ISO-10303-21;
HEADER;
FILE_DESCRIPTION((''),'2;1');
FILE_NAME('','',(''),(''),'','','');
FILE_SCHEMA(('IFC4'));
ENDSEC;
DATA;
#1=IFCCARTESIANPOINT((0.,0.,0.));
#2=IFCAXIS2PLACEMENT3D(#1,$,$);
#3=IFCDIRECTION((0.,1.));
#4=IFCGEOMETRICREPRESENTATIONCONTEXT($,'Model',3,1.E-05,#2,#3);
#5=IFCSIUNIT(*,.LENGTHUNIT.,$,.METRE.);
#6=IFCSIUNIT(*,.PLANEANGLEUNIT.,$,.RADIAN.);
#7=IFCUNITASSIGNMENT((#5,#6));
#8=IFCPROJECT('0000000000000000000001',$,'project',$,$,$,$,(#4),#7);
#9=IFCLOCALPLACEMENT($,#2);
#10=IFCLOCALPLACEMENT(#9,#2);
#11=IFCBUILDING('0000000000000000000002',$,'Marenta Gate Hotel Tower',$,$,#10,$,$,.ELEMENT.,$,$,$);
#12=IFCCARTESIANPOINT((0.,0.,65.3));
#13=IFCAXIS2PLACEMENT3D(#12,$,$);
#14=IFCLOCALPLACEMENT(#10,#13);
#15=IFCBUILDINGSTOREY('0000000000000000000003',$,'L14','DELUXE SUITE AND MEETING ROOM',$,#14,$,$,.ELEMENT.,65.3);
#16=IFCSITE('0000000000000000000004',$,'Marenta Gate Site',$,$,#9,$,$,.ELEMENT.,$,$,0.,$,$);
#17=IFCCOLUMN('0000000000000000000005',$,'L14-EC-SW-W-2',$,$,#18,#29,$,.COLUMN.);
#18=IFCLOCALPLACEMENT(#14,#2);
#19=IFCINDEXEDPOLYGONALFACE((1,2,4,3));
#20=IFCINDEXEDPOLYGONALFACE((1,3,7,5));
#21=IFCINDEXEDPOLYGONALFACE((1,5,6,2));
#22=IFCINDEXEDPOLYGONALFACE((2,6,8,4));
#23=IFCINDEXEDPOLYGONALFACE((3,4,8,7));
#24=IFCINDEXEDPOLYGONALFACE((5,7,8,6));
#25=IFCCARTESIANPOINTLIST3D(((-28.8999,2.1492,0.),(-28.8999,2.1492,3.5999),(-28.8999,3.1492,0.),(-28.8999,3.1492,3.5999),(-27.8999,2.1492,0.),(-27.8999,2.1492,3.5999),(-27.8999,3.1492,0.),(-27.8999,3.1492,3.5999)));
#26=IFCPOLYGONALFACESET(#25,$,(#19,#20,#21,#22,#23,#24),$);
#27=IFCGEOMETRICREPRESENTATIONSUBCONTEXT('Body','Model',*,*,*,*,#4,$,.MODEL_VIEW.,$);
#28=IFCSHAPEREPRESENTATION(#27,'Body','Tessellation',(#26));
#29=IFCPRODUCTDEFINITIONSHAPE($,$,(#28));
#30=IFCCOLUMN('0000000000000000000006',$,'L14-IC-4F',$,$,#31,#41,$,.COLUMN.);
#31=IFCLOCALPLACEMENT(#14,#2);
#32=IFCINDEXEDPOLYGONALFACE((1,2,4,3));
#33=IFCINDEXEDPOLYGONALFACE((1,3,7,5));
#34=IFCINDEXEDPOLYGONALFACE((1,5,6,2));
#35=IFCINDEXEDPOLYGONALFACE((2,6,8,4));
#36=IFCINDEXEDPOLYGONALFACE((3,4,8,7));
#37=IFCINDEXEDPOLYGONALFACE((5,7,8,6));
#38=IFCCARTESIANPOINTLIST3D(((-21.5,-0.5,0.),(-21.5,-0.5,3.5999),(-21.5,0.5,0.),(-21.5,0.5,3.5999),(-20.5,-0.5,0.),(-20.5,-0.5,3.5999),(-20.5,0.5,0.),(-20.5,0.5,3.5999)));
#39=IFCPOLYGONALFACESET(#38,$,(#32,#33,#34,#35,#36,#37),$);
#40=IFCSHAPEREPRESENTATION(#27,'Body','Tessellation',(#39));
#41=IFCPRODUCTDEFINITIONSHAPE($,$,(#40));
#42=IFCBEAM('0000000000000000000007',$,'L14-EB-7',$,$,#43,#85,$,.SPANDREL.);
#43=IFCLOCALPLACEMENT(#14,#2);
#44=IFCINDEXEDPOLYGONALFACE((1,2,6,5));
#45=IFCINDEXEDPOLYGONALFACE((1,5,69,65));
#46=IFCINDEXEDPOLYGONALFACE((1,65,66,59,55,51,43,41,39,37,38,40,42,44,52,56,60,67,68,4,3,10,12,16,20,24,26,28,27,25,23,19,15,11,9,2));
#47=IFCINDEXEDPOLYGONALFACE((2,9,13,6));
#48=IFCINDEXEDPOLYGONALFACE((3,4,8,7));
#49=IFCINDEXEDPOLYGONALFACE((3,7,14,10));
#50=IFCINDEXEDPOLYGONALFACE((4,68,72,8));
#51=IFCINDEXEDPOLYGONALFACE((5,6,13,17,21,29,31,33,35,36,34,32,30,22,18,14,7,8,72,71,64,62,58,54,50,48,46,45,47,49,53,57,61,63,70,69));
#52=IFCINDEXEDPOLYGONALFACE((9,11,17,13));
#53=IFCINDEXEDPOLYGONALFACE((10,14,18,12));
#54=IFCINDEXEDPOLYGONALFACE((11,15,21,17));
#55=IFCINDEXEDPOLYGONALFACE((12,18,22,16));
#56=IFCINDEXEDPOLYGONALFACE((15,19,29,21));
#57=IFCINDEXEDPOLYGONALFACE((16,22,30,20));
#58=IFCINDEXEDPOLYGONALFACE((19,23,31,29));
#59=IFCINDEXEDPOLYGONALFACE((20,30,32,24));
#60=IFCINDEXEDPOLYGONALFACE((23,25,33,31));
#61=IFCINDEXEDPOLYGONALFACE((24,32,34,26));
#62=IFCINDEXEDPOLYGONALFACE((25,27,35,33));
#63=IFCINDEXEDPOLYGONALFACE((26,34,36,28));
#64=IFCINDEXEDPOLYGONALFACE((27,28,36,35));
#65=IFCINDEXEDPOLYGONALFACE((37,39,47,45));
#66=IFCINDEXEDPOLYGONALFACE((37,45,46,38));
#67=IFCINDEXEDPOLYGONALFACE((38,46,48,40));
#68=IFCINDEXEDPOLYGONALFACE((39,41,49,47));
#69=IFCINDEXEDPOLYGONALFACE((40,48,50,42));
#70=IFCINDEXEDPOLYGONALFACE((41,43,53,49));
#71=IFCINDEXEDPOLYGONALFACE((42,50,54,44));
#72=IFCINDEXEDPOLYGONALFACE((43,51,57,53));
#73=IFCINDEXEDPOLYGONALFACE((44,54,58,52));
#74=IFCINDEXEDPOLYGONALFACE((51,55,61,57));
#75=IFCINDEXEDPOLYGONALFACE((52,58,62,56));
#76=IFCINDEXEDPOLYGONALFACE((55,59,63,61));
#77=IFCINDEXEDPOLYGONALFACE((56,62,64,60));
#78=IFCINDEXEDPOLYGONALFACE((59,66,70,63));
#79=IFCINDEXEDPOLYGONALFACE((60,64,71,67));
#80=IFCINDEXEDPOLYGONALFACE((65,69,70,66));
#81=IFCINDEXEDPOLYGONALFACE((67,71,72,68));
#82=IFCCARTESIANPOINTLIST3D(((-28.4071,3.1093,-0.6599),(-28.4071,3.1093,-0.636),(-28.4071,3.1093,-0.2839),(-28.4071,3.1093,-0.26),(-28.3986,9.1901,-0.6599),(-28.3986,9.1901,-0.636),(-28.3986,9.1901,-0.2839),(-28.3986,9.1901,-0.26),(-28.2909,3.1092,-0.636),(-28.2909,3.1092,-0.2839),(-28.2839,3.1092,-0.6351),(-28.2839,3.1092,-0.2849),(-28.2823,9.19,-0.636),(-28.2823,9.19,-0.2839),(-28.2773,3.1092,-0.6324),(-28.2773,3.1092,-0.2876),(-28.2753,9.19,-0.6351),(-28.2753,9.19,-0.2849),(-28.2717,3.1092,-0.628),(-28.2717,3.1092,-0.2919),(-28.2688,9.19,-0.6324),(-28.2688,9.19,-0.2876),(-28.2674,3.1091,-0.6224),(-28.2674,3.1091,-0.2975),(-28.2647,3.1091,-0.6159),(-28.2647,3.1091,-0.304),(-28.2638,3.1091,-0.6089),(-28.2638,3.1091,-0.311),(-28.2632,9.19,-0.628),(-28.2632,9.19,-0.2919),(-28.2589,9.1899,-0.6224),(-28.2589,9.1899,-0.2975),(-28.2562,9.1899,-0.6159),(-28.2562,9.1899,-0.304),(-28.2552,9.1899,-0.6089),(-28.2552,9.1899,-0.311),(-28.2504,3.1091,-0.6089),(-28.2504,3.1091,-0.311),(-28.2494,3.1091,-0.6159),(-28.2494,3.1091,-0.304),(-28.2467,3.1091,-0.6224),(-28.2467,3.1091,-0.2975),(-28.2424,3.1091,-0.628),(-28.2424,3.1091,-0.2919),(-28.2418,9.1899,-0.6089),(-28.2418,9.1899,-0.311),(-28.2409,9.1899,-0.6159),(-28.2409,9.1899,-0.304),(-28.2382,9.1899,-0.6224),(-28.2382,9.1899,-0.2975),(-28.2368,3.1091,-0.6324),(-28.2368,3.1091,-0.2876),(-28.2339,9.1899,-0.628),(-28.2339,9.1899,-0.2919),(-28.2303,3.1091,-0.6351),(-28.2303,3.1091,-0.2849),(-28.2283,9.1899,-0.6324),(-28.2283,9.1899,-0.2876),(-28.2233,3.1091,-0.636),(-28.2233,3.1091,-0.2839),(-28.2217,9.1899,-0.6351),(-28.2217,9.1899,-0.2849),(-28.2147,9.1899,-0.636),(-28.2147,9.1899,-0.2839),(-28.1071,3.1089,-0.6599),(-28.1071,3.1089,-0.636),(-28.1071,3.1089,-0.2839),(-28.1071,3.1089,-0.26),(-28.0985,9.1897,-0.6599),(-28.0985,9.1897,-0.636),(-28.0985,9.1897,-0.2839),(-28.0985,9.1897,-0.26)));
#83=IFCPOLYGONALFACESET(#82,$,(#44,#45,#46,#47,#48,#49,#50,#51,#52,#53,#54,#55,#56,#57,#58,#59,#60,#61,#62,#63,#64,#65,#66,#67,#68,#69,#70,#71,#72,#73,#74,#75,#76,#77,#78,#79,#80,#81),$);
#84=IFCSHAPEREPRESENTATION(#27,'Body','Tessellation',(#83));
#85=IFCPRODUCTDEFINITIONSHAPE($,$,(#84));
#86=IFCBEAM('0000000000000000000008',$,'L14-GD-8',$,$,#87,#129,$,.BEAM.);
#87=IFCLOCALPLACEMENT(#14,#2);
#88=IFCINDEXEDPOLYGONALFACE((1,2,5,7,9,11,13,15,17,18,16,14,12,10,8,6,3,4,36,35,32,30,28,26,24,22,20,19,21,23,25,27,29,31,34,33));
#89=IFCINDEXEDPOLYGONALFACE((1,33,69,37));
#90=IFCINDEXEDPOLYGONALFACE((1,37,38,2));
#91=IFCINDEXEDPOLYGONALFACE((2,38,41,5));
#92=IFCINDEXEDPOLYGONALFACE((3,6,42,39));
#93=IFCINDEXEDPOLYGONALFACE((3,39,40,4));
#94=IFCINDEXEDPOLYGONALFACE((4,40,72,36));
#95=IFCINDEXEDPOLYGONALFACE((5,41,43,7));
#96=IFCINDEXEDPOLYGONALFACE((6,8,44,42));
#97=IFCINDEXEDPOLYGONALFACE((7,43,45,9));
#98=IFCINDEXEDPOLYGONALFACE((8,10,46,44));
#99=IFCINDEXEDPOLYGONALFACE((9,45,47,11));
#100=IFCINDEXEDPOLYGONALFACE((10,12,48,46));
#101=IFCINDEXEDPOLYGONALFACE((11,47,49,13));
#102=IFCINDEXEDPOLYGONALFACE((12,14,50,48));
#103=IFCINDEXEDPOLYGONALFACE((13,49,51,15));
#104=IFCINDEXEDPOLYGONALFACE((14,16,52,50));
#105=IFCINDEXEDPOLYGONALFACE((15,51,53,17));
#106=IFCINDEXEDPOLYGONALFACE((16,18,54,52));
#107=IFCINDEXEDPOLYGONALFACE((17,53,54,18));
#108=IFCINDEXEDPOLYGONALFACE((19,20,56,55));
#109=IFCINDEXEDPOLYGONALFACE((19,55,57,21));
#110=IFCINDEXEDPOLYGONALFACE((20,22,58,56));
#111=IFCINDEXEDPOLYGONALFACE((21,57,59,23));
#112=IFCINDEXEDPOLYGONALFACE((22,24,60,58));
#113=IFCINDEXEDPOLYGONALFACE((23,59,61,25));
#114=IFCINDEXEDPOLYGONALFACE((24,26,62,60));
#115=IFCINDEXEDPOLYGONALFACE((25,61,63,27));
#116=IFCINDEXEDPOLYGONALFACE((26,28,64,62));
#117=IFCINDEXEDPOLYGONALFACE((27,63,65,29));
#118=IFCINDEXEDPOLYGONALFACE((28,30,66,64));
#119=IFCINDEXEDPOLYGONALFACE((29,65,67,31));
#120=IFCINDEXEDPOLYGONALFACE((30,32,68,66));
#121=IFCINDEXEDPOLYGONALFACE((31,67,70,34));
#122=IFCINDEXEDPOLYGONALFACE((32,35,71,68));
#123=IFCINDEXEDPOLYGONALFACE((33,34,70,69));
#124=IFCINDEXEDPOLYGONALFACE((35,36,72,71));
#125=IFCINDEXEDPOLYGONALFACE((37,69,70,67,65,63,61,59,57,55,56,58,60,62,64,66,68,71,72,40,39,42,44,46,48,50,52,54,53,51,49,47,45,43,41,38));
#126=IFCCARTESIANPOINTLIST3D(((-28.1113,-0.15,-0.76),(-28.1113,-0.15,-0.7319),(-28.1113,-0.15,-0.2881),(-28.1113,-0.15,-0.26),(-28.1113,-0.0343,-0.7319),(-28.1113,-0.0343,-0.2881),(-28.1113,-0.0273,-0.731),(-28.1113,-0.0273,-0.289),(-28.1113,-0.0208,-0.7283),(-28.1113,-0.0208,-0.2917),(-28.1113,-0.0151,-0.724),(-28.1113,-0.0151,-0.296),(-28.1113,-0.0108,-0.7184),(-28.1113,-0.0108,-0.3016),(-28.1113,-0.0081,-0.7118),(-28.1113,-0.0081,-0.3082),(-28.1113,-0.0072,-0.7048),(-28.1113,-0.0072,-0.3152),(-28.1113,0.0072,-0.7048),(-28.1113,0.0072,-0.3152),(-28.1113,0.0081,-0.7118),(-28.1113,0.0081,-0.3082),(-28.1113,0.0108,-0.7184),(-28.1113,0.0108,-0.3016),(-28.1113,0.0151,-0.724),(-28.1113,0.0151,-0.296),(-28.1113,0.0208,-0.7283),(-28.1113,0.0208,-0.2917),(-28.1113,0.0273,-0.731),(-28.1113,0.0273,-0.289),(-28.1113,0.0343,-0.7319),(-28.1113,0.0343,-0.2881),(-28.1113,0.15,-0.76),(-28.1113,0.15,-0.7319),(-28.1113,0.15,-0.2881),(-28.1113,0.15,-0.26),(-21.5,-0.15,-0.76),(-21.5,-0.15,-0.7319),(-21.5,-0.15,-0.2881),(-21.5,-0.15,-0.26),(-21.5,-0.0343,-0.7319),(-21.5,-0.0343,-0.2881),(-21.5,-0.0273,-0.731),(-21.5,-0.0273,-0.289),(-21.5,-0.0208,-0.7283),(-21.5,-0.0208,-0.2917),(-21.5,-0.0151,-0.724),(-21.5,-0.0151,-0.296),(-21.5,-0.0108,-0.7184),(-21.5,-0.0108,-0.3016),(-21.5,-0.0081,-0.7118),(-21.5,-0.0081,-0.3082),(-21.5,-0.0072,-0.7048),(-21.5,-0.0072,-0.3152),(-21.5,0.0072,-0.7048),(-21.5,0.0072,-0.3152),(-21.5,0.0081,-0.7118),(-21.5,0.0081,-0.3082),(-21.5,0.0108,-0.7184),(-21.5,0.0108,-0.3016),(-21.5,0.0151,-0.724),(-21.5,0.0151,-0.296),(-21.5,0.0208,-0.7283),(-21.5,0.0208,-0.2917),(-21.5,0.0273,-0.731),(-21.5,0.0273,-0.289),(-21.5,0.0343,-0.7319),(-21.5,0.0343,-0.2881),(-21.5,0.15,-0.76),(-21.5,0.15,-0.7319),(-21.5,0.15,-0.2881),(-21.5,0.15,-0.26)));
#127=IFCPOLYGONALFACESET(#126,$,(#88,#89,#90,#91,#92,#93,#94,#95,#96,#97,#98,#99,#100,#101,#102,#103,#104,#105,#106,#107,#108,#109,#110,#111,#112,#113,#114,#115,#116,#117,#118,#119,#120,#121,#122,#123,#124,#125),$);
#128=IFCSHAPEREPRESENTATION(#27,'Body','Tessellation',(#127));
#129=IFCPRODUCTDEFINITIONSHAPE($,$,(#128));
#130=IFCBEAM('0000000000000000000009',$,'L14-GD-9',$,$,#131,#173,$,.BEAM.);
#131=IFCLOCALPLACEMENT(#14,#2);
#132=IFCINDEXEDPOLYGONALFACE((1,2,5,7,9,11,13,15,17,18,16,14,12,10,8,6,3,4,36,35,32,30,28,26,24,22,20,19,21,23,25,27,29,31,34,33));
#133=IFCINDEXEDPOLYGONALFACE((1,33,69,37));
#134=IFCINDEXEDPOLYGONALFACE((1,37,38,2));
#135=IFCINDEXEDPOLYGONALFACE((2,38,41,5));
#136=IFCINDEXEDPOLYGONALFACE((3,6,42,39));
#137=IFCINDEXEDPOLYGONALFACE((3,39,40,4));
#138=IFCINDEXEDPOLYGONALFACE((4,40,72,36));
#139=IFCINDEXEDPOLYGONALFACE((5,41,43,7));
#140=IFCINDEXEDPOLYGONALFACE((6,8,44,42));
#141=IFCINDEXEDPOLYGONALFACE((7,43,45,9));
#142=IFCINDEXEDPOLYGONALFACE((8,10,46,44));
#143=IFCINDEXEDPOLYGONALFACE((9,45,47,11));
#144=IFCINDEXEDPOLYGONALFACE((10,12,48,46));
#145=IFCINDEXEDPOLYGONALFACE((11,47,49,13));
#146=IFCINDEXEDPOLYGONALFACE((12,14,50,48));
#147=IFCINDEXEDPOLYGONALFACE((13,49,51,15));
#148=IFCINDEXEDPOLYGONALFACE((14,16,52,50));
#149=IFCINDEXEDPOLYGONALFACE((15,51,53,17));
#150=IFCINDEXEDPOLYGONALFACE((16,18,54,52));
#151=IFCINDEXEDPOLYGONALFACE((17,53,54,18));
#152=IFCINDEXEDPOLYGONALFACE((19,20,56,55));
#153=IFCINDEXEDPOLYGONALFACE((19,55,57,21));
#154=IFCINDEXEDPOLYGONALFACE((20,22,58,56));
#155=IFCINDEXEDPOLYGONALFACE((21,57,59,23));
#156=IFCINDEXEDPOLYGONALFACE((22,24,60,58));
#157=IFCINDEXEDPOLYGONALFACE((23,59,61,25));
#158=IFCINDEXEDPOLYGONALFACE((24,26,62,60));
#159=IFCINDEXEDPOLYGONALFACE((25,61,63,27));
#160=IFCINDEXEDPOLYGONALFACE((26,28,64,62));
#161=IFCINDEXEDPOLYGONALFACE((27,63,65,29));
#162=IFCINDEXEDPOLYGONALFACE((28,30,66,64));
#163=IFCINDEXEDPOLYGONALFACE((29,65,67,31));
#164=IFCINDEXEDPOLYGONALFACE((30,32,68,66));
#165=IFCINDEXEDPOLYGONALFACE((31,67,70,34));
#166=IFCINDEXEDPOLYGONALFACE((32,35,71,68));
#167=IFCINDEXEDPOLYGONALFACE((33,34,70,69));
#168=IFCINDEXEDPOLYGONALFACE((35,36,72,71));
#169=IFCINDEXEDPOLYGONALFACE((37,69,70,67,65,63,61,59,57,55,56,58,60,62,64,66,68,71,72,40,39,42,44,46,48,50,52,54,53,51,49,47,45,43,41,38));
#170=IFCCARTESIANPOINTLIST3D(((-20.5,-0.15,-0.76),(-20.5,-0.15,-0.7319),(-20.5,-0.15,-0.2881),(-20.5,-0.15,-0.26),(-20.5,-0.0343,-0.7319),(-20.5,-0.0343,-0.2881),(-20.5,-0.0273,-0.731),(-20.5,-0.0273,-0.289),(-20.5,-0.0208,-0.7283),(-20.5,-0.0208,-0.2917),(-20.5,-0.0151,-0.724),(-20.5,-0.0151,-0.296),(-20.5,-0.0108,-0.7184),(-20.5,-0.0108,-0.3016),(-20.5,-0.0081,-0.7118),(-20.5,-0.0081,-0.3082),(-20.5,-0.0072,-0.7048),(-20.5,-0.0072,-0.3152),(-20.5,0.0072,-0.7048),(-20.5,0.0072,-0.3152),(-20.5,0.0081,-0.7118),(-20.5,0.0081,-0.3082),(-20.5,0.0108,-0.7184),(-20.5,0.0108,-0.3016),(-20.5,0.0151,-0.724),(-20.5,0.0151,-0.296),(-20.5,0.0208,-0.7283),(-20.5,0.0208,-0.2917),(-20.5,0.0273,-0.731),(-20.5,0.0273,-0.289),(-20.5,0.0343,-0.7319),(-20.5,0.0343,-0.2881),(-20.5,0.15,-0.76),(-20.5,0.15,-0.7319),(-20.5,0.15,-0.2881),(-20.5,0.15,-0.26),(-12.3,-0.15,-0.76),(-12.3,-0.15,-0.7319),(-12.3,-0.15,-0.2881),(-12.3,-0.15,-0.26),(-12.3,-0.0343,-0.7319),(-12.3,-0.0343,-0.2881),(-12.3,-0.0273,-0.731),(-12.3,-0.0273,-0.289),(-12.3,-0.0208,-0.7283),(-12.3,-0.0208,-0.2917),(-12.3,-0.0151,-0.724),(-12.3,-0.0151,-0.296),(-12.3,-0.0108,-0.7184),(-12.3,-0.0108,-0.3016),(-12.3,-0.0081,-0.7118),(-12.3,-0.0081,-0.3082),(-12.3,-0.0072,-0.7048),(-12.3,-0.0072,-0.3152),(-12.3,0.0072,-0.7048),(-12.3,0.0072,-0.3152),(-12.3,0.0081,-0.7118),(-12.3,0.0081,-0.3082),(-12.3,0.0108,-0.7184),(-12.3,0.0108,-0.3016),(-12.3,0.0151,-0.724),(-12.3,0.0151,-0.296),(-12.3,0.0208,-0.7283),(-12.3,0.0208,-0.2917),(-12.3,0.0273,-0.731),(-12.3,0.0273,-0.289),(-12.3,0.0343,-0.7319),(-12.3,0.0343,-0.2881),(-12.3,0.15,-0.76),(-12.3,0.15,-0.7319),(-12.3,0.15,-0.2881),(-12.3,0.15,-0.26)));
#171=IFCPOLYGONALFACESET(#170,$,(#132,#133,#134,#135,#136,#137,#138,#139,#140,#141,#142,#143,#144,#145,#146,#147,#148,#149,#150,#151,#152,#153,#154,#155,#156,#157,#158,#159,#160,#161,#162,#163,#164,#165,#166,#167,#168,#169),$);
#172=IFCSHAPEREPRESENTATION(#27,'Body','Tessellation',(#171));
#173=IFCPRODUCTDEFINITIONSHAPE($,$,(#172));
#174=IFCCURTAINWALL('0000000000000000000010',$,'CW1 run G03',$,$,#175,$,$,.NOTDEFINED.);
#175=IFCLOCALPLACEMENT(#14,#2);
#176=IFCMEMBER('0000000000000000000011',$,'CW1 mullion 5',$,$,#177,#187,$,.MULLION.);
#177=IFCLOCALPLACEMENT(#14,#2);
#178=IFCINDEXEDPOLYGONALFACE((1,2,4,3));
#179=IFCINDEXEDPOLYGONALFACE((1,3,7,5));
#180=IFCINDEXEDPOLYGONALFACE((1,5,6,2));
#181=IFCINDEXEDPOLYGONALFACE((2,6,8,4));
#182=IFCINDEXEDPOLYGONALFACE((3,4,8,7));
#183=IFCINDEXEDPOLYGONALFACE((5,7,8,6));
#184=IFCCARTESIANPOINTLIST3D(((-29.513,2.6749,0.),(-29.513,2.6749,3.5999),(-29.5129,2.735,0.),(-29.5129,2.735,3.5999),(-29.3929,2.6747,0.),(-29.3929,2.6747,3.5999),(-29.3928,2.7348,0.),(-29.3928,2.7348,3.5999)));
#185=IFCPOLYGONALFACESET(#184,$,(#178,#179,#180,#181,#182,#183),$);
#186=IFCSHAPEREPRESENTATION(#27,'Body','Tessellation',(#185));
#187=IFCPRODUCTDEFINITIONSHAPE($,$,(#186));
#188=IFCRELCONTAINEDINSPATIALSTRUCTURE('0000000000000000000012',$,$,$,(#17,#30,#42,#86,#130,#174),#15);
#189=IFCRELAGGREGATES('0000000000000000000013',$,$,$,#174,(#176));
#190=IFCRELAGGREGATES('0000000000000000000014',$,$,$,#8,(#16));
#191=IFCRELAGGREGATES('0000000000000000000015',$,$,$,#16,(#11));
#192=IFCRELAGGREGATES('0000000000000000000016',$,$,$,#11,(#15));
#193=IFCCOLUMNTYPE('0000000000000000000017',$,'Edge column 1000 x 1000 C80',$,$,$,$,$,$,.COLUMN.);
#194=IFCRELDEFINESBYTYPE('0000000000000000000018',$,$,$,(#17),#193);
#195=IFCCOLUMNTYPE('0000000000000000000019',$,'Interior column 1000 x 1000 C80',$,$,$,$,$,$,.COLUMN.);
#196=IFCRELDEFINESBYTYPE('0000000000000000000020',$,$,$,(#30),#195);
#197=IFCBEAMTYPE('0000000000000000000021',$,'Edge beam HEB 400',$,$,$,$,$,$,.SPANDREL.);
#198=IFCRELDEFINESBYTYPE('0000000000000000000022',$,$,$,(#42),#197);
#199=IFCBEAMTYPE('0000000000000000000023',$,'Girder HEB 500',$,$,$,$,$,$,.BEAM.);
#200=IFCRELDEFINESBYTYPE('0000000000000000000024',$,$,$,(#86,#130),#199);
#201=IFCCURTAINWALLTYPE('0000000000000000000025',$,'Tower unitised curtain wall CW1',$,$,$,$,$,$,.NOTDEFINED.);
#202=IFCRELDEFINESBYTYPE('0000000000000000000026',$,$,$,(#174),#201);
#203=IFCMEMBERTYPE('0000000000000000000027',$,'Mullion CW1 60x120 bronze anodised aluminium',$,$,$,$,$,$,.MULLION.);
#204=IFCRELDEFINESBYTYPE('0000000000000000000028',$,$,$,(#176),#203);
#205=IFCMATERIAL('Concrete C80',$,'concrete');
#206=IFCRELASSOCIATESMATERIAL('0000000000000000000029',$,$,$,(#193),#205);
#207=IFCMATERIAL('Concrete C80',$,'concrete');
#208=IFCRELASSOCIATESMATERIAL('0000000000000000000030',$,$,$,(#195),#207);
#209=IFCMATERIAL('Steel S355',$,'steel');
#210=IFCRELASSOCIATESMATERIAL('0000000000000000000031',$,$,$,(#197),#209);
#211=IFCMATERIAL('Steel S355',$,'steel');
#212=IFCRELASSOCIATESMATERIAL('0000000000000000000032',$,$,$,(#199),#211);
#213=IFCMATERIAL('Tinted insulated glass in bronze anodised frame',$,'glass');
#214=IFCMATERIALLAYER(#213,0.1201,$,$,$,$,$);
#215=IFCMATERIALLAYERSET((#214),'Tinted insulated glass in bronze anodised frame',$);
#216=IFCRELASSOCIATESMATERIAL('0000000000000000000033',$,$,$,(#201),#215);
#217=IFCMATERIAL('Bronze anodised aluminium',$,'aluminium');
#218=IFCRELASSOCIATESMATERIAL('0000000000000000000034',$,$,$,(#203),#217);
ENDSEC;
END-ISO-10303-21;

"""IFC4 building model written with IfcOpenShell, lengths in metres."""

from ifc_helpers import new_model, si_unit, direction, frame, origin, origin_2d, place, context, subcontext, project, spatial, rectangle, i_section, extrude, material, layer, layer_set, material_profile, profile_set, type_object, element, aggregate, save


model = new_model("IFC4")

# Units and contexts
model_context = context("Model", 3, precision=1e-05, world=origin(), true_north=direction((0.0, 1.0)))
body_context = subcontext(model_context, "Body", "Model", "MODEL_VIEW")
ifc_project = project(units=[si_unit("LENGTHUNIT", "METRE"), si_unit("PLANEANGLEUNIT", "RADIAN")], contexts=[model_context])

# Site, building, storey
site_placement = place(None, origin())
site = spatial("IfcSite", under=ifc_project, at=site_placement, Name="Marenta Gate Site", CompositionType="ELEMENT", RefElevation=0.0)
building_placement = place(site_placement, origin())
building = spatial("IfcBuilding", under=site, at=building_placement, Name="Marenta Gate Hotel Tower", CompositionType="ELEMENT")
storey_placement = place(building_placement, frame((0.0, 0.0, 65.3)))
storey = spatial("IfcBuildingStorey", under=building, at=storey_placement, Name="L14", Description="DELUXE SUITE AND MEETING ROOM", CompositionType="ELEMENT", Elevation=65.3)

# Columns
ifc_material_1 = material(Name="Concrete C80", Category="concrete")
ifc_material_profile_1 = material_profile(ifc_material_1, rectangle(XDim=1.0, YDim=1.0, at=origin_2d()), Name="1000 x 1000")
ifc_profile_set_1 = profile_set([ifc_material_profile_1], Name="Concrete C80")
column_type_1 = type_object("IfcColumnType", Name="Edge column 1000 x 1000 C80", PredefinedType="COLUMN", material=ifc_profile_set_1)
column_1_placement = place(storey_placement, frame((-28.3999, 2.6492, 0.0), z_axis=(0.0, 0.0, 1.0), x_axis=(1.0, 0.0, 0.0)))
element("IfcColumn", 1, at=column_1_placement, inside=storey, type_object=column_type_1, Name="L14-EC-SW-W-2", PredefinedType="COLUMN", context=body_context, shape_type="SweptSolid", body=[
    extrude(rectangle(XDim=1.0, YDim=1.0, at=origin_2d()), origin(), (0.0, 0.0, 1.0), 3.5999),
])
ifc_material_2 = material(Name="Concrete C80", Category="concrete")
ifc_material_profile_2 = material_profile(ifc_material_2, rectangle(XDim=1.0, YDim=1.0, at=origin_2d()), Name="1000 x 1000")
ifc_profile_set_2 = profile_set([ifc_material_profile_2], Name="Concrete C80")
column_type_2 = type_object("IfcColumnType", Name="Interior column 1000 x 1000 C80", PredefinedType="COLUMN", material=ifc_profile_set_2)
column_2_placement = place(storey_placement, frame((-21.0, 0.0, 0.0), z_axis=(0.0, 0.0, 1.0), x_axis=(1.0, 0.0, 0.0)))
element("IfcColumn", 2, at=column_2_placement, inside=storey, type_object=column_type_2, Name="L14-IC-4F", PredefinedType="COLUMN", context=body_context, shape_type="SweptSolid", body=[
    extrude(rectangle(XDim=1.0, YDim=1.0, at=origin_2d()), origin(), (0.0, 0.0, 1.0), 3.5999),
])

# Beams
ifc_material_3 = material(Name="Steel S355", Category="steel")
ifc_material_profile_3 = material_profile(ifc_material_3, i_section(OverallWidth=0.3, OverallDepth=0.3999, WebThickness=0.0134, FlangeThickness=0.0239, FilletRadius=0.0271, at=origin_2d()), Name="HEB 400")
ifc_profile_set_3 = profile_set([ifc_material_profile_3], Name="Steel S355")
beam_type_1 = type_object("IfcBeamType", Name="Edge beam HEB 400", PredefinedType="SPANDREL", material=ifc_profile_set_3)
beam_1_placement = place(storey_placement, frame((-28.2571, 3.1091, -0.46), z_axis=(0.001405, 0.999999, 0.0), x_axis=(-0.999999, 0.001405, 0.0)))
element("IfcBeam", 3, at=beam_1_placement, inside=storey, type_object=beam_type_1, Name="L14-EB-7", PredefinedType="SPANDREL", context=body_context, shape_type="SweptSolid", body=[
    extrude(i_section(OverallWidth=0.3, OverallDepth=0.3999, WebThickness=0.0134, FlangeThickness=0.0239, FilletRadius=0.0271, at=origin_2d()), origin(), (0.0, 0.0, 1.0), 6.0808),
])
ifc_material_4 = material(Name="Steel S355", Category="steel")
ifc_material_profile_4 = material_profile(ifc_material_4, i_section(OverallWidth=0.3, OverallDepth=0.5, WebThickness=0.0144, FlangeThickness=0.0281, FilletRadius=0.0271, at=origin_2d()), Name="HEB 500")
ifc_profile_set_4 = profile_set([ifc_material_profile_4], Name="Steel S355")
beam_type_2 = type_object("IfcBeamType", Name="Girder HEB 500", PredefinedType="BEAM", material=ifc_profile_set_4)
beam_2_placement = place(storey_placement, frame((-28.1113, 0.0, -0.51), z_axis=(1.0, 0.0, 0.0), x_axis=(0.0, 1.0, 0.0)))
element("IfcBeam", 4, at=beam_2_placement, inside=storey, type_object=beam_type_2, Name="L14-GD-8", PredefinedType="BEAM", context=body_context, shape_type="SweptSolid", body=[
    extrude(i_section(OverallWidth=0.3, OverallDepth=0.5, WebThickness=0.0144, FlangeThickness=0.0281, FilletRadius=0.0271, at=origin_2d()), origin(), (0.0, 0.0, 1.0), 6.6113),
])
beam_3_placement = place(storey_placement, frame((-20.5, 0.0, -0.51), z_axis=(1.0, 0.0, 0.0), x_axis=(0.0, 1.0, 0.0)))
element("IfcBeam", 5, at=beam_3_placement, inside=storey, type_object=beam_type_2, Name="L14-GD-9", PredefinedType="BEAM", context=body_context, shape_type="SweptSolid", body=[
    extrude(i_section(OverallWidth=0.3, OverallDepth=0.5, WebThickness=0.0144, FlangeThickness=0.0281, FilletRadius=0.0271, at=origin_2d()), origin(), (0.0, 0.0, 1.0), 8.2),
])

# Curtain wall, member
ifc_material_5 = material(Name="Tinted insulated glass in bronze anodised frame", Category="glass")
ifc_layer_1 = layer(ifc_material_5, 0.1201)
ifc_layer_set_1 = layer_set([ifc_layer_1], Name="Tinted insulated glass in bronze anodised frame")
curtain_wall_type = type_object("IfcCurtainWallType", Name="Tower unitised curtain wall CW1", PredefinedType="NOTDEFINED", material=ifc_layer_set_1)
curtain_wall_placement = place(storey_placement, origin())
curtain_wall = element("IfcCurtainWall", 6, at=curtain_wall_placement, inside=storey, type_object=curtain_wall_type, Name="CW1 run G03", PredefinedType="NOTDEFINED")
ifc_material_6 = material(Name="Bronze anodised aluminium", Category="aluminium")
ifc_material_profile_5 = material_profile(ifc_material_6, rectangle(XDim=0.1201, YDim=0.0601, at=origin_2d()), Name="Mullion CW1 60x120 bronze anodised aluminium")
ifc_profile_set_5 = profile_set([ifc_material_profile_5], Name="Bronze anodised aluminium")
member_type_1 = type_object("IfcMemberType", Name="Mullion CW1 60x120 bronze anodised aluminium", PredefinedType="MULLION", material=ifc_profile_set_5)
member_1_placement = place(storey_placement, frame((-29.4529, 2.7048, 0.0), z_axis=(0.0, 0.0, 1.0), x_axis=(0.999999, -0.001566, 0.0)))
member_1 = element("IfcMember", 7, at=member_1_placement, type_object=member_type_1, Name="CW1 mullion 5", PredefinedType="MULLION", context=body_context, shape_type="SweptSolid", body=[
    extrude(rectangle(XDim=0.1201, YDim=0.0601, at=origin_2d()), origin(), (0.0, 0.0, 1.0), 3.5999),
])
aggregate(curtain_wall, [member_1])

save(model, "model.ifc")
